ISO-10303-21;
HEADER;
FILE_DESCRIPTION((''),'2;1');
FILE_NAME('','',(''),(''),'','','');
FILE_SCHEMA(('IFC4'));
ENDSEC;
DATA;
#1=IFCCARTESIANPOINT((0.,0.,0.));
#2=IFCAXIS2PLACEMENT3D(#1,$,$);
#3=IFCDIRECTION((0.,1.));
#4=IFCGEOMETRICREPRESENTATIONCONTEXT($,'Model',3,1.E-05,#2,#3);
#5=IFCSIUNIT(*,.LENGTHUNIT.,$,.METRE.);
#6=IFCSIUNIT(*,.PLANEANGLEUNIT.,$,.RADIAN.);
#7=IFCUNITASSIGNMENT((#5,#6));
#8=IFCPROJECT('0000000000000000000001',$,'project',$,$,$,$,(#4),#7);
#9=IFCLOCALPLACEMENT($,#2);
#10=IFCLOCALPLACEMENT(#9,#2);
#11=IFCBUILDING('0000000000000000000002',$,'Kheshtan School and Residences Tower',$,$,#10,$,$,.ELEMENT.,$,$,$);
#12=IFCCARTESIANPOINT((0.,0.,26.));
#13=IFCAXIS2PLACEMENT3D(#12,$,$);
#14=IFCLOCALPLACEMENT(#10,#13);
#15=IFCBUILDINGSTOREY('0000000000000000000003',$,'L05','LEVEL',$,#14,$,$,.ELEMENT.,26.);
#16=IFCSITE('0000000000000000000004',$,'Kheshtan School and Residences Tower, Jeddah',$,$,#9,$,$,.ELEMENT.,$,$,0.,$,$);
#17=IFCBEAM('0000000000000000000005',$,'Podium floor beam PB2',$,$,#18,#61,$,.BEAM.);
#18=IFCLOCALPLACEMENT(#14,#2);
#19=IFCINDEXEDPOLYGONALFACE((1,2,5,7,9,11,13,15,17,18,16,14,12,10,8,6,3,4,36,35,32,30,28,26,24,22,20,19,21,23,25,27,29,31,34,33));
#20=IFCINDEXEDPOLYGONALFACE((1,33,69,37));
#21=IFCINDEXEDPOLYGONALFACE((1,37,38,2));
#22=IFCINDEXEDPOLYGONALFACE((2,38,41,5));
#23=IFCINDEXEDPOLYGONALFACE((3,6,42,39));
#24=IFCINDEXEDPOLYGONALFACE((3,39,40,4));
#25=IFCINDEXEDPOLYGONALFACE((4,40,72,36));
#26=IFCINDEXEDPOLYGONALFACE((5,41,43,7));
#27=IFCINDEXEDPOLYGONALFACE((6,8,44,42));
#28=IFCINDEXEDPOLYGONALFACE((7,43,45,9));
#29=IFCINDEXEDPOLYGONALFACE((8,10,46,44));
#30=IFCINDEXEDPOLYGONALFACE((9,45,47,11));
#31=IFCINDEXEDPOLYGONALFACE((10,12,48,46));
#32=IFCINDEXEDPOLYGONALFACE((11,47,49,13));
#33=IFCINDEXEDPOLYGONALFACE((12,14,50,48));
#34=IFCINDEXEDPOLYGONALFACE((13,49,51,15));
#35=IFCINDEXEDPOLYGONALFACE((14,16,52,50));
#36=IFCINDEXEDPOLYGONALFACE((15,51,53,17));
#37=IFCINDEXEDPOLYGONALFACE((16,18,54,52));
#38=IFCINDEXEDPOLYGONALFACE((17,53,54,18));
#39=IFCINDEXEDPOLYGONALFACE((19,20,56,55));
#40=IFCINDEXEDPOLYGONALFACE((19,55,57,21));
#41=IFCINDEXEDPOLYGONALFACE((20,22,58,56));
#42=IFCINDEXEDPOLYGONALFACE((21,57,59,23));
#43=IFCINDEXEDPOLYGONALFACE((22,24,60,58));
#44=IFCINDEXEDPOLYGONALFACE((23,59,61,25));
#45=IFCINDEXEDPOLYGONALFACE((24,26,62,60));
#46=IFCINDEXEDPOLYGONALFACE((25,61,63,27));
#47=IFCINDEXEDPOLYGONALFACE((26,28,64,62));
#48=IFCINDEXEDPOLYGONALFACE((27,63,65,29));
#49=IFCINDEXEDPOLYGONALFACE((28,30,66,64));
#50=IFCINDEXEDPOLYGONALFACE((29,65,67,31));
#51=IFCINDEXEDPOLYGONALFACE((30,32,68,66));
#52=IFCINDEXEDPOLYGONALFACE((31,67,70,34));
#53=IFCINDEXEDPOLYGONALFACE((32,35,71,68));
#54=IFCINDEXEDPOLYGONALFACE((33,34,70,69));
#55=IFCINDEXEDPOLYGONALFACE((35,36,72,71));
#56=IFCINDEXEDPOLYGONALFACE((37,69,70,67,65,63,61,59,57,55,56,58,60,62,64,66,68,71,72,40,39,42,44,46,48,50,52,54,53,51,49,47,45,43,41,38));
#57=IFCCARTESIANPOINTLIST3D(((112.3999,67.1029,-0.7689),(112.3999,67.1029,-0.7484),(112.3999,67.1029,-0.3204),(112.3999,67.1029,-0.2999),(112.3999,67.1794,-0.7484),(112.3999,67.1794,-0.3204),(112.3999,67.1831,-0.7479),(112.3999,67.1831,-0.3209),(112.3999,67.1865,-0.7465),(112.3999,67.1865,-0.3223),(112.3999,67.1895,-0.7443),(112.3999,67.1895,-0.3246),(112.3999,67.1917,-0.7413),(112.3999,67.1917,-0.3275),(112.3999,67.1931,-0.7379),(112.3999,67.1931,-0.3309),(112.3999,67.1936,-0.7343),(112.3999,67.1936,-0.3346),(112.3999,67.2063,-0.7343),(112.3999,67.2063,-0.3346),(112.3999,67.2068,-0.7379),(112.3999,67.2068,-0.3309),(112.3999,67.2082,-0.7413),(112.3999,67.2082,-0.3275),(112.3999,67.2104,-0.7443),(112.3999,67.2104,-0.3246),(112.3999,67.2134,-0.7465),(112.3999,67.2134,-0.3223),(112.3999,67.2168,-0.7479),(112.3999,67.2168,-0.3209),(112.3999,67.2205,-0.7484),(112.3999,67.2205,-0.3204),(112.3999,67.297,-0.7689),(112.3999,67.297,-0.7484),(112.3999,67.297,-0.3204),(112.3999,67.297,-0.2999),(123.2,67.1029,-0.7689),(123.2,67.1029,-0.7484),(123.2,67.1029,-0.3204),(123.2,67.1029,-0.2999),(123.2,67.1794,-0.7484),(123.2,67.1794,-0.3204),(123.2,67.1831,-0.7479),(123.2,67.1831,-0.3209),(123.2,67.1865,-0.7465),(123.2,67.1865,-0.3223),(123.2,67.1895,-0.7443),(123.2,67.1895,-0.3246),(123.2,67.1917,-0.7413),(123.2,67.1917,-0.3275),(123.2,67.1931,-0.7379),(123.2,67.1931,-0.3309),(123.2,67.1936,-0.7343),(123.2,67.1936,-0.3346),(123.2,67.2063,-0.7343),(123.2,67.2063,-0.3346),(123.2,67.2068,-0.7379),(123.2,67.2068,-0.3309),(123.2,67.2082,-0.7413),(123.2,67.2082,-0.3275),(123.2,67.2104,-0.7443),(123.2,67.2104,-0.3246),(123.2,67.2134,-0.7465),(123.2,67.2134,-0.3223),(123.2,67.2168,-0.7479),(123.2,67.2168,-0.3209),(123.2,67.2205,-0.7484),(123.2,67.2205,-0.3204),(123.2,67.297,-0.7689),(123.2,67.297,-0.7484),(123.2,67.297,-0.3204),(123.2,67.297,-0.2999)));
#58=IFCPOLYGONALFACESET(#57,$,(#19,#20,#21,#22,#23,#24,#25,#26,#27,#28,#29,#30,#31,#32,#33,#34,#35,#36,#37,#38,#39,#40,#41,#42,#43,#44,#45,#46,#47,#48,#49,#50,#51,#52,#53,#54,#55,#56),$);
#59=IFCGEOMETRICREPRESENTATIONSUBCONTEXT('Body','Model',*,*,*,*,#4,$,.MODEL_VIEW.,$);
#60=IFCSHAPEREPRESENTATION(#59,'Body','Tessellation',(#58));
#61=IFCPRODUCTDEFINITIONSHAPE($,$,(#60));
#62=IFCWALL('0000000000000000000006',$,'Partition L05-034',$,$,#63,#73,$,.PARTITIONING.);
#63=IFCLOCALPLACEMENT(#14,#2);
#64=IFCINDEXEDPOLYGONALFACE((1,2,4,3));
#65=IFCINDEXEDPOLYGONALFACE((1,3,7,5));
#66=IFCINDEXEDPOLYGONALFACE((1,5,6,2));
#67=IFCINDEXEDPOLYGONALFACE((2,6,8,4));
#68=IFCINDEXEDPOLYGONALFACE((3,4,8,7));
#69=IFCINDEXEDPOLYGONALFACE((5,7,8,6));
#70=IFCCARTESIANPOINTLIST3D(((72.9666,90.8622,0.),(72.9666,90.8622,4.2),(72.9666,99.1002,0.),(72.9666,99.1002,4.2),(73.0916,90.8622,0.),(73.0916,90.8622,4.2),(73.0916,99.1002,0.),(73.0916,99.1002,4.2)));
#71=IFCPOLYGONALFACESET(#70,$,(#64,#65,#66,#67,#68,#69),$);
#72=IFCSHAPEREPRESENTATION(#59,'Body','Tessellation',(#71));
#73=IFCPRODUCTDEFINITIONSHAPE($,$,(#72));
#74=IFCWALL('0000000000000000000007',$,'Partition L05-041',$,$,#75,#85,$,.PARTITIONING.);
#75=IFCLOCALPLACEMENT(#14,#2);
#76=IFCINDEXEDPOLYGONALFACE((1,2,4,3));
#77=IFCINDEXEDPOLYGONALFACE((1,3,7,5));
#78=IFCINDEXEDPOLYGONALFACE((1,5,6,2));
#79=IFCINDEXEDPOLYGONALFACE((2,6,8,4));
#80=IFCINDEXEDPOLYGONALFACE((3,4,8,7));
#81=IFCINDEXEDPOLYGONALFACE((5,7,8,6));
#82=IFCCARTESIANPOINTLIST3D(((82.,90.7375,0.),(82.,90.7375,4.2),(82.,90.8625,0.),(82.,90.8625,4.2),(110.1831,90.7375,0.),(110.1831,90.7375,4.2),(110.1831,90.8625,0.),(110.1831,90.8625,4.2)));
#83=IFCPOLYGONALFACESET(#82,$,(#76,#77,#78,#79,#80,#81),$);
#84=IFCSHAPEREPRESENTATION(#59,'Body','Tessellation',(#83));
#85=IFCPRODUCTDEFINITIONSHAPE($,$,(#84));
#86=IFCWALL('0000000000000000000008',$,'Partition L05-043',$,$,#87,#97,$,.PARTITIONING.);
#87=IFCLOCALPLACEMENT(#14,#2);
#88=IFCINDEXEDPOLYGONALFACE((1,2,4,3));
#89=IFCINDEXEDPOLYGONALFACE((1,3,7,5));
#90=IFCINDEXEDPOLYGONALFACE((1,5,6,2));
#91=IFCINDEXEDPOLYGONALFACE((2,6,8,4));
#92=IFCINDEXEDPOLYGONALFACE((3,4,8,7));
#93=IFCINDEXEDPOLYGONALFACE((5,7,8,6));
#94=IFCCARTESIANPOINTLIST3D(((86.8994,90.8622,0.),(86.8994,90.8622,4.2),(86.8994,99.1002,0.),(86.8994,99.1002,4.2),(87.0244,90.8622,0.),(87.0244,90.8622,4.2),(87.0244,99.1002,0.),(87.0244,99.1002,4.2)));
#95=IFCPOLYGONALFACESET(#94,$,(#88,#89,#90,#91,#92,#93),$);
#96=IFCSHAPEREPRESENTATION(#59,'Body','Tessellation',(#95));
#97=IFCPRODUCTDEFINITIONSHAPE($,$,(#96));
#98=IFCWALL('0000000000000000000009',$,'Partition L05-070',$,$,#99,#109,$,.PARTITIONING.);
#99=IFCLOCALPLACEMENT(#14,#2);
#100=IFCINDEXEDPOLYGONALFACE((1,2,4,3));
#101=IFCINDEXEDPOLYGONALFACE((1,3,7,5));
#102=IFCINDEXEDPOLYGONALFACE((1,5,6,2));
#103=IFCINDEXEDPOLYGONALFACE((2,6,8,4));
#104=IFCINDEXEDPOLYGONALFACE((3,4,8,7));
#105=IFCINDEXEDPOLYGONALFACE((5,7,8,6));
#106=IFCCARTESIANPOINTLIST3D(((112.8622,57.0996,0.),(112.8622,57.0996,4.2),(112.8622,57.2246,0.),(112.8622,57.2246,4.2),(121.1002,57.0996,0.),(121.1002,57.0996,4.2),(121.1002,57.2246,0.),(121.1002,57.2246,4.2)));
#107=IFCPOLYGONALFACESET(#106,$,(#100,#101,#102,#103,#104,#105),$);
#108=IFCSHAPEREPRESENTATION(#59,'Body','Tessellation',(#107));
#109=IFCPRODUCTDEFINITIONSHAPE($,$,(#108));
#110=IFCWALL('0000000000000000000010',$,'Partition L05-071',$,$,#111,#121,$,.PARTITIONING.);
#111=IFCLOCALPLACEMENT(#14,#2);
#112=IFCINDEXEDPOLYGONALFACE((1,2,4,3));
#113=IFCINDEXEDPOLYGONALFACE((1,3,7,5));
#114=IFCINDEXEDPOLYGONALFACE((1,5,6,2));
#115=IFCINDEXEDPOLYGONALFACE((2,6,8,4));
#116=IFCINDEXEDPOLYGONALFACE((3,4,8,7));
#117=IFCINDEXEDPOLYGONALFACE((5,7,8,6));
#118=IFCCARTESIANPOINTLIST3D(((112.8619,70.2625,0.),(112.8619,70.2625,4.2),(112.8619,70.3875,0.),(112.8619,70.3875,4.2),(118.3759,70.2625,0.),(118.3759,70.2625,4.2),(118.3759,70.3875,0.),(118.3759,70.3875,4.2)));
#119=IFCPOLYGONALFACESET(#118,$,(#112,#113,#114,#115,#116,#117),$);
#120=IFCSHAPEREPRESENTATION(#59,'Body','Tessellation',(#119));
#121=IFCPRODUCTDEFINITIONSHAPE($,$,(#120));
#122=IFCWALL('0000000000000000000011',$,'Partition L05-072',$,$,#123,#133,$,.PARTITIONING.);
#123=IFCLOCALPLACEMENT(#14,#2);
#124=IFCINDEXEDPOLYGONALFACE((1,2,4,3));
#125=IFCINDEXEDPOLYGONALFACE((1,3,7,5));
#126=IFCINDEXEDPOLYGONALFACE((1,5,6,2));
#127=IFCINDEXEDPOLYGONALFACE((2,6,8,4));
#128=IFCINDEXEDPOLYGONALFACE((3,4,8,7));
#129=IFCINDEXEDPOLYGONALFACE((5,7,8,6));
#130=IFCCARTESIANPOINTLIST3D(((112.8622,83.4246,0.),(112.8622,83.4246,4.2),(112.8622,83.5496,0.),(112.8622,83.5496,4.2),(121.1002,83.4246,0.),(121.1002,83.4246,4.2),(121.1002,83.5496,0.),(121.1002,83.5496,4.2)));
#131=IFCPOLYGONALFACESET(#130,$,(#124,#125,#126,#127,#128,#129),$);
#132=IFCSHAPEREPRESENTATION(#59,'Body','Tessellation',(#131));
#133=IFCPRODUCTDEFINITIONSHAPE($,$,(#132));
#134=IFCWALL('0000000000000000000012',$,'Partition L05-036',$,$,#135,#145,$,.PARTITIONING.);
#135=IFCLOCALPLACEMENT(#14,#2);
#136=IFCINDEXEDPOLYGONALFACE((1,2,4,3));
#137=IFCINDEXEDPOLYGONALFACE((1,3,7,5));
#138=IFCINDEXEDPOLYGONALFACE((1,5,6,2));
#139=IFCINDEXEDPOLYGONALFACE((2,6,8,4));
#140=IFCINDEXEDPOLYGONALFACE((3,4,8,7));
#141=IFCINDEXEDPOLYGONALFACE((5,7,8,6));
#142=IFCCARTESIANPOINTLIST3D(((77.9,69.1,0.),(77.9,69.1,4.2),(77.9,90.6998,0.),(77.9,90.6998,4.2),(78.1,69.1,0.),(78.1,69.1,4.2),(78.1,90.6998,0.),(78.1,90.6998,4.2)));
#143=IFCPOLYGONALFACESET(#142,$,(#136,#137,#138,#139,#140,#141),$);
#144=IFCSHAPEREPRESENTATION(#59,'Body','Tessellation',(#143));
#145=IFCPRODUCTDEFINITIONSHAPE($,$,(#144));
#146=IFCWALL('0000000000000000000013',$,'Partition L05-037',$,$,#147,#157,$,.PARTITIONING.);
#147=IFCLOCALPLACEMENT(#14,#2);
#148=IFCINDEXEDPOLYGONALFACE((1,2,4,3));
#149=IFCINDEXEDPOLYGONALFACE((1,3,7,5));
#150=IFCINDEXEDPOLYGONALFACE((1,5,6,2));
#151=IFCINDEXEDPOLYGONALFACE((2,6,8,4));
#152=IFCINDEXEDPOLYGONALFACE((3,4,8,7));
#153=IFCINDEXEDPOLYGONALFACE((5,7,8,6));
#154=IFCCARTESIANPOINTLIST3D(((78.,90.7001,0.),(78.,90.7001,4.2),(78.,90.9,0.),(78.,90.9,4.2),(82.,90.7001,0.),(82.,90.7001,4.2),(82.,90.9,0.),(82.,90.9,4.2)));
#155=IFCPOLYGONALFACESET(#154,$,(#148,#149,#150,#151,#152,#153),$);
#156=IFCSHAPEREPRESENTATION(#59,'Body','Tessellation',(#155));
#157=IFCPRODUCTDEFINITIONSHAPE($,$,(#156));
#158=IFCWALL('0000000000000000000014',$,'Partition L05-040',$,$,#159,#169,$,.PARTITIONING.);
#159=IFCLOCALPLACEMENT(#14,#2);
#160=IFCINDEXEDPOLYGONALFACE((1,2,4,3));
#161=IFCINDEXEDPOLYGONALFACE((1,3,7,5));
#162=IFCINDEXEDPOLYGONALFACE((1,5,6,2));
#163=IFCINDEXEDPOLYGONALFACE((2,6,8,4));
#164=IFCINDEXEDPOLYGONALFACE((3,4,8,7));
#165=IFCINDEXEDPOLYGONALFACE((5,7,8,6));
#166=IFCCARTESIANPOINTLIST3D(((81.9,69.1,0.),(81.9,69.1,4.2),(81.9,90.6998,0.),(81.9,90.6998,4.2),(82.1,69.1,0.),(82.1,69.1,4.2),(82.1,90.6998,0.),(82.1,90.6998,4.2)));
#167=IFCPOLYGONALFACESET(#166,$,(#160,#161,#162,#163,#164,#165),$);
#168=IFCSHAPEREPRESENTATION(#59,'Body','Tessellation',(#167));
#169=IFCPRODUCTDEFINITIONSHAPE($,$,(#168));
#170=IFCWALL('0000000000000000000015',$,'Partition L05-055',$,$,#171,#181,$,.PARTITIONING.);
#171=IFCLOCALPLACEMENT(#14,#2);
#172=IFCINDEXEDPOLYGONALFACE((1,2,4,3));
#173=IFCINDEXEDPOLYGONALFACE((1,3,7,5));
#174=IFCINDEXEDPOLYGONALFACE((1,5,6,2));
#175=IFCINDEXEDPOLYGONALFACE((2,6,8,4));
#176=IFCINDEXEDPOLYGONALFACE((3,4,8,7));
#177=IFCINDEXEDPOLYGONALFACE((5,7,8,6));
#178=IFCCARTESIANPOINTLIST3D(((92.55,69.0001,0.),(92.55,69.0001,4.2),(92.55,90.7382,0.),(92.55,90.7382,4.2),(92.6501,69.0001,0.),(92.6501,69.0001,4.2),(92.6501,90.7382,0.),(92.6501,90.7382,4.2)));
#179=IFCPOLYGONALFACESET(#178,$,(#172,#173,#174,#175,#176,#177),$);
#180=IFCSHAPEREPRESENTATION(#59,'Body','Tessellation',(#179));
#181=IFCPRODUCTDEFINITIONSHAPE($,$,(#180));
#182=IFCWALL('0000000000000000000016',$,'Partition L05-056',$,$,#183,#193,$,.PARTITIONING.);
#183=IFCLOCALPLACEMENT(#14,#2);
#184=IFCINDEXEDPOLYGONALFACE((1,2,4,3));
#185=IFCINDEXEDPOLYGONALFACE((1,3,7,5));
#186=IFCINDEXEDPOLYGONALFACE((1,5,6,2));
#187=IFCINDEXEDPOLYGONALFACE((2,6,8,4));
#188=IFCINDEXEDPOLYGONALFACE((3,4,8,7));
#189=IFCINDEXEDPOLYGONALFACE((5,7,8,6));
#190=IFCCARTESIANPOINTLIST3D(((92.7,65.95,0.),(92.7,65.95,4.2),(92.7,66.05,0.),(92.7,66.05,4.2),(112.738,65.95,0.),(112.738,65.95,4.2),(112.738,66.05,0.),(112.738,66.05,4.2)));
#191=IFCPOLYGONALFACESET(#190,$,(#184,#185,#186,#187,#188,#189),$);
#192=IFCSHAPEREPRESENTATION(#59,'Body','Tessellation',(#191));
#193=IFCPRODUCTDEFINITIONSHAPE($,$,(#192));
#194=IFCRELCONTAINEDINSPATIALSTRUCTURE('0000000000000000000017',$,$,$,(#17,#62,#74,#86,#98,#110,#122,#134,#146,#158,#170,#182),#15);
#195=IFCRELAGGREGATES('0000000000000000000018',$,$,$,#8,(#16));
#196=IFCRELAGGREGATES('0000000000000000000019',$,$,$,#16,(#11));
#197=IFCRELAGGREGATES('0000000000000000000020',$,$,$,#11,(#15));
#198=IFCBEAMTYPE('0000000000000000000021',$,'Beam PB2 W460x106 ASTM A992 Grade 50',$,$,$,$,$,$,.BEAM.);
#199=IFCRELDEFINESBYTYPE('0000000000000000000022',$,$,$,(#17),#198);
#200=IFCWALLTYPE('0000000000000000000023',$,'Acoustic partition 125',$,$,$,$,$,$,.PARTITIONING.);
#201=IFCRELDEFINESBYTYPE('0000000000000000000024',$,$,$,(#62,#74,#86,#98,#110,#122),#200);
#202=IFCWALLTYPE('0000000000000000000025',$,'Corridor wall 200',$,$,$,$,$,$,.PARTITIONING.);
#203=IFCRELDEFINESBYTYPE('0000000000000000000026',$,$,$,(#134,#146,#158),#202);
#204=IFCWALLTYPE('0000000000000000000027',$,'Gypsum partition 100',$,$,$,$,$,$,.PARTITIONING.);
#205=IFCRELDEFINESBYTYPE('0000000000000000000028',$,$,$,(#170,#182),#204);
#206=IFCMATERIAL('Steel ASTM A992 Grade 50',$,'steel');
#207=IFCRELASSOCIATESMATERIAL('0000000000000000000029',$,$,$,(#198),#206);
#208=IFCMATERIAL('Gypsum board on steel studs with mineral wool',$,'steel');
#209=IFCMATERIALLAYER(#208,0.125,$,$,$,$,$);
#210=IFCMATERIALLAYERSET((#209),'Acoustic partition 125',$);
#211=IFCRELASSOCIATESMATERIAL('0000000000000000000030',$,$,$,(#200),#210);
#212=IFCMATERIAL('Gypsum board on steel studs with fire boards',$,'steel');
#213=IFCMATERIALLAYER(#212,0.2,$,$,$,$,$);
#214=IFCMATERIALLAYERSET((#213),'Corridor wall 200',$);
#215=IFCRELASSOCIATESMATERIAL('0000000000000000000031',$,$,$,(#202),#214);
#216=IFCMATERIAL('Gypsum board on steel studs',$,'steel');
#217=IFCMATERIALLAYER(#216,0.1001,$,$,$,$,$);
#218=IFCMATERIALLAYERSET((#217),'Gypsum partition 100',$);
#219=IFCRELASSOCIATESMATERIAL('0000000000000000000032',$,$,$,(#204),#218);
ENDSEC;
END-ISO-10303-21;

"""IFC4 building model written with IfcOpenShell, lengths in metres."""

from ifc_helpers import new_model, si_unit, direction, frame, frame_2d, origin, origin_2d, place, context, subcontext, project, spatial, rectangle, i_section, extrude, material, layer, layer_set, material_profile, profile_set, type_object, element, save


model = new_model("IFC4")

# Units and contexts
model_context = context("Model", 3, precision=1e-05, world=origin(), true_north=direction((0.0, 1.0)))
body_context = subcontext(model_context, "Body", "Model", "MODEL_VIEW")
ifc_project = project(units=[si_unit("LENGTHUNIT", "METRE"), si_unit("PLANEANGLEUNIT", "RADIAN")], contexts=[model_context])

# Site, building, storey
site_placement = place(None, origin())
site = spatial("IfcSite", under=ifc_project, at=site_placement, Name="Kheshtan School and Residences Tower, Jeddah", CompositionType="ELEMENT", RefElevation=0.0)
building_placement = place(site_placement, origin())
building = spatial("IfcBuilding", under=site, at=building_placement, Name="Kheshtan School and Residences Tower", CompositionType="ELEMENT")
storey_placement = place(building_placement, frame((0.0, 0.0, 26.0)))
storey = spatial("IfcBuildingStorey", under=building, at=storey_placement, Name="L05", Description="LEVEL", CompositionType="ELEMENT", Elevation=26.0)

# Shared definitions
ifc_material_1 = material(Name="Steel ASTM A992 Grade 50", Category="steel")

# Beam
ifc_material_profile_1 = material_profile(ifc_material_1, i_section(OverallWidth=0.1941, OverallDepth=0.469, WebThickness=0.0127, FlangeThickness=0.0205, FilletRadius=0.0142, at=origin_2d()), Name="W460x106")
ifc_profile_set_1 = profile_set([ifc_material_profile_1], Name="Steel ASTM A992 Grade 50")
beam_type = type_object("IfcBeamType", Name="Beam PB2 W460x106 ASTM A992 Grade 50", PredefinedType="BEAM", material=ifc_profile_set_1)
beam_placement = place(storey_placement, frame((112.3999, 67.2, -0.5344), z_axis=(1.0, 0.0, 0.0), x_axis=(0.0, 1.0, 0.0)))
element("IfcBeam", 1, at=beam_placement, inside=storey, type_object=beam_type, Name="Podium floor beam PB2", PredefinedType="BEAM", context=body_context, shape_type="SweptSolid", body=[
    extrude(i_section(OverallWidth=0.1941, OverallDepth=0.469, WebThickness=0.0127, FlangeThickness=0.0205, FilletRadius=0.0142, at=origin_2d()), origin(), (0.0, 0.0, 1.0), 10.8),
])

# Walls
ifc_material_2 = material(Name="Gypsum board on steel studs with mineral wool", Category="steel")
ifc_layer_1 = layer(ifc_material_2, 0.125)
ifc_layer_set_1 = layer_set([ifc_layer_1], Name="Acoustic partition 125")
wall_type_1 = type_object("IfcWallType", Name="Acoustic partition 125", PredefinedType="PARTITIONING", material=ifc_layer_set_1)
wall_1_placement = place(storey_placement, frame((73.0291, 90.8621, 0.0), z_axis=(0.0, 0.0, 1.0), x_axis=(0.0, 1.0, 0.0)))
element("IfcWall", 2, at=wall_1_placement, inside=storey, type_object=wall_type_1, Name="Partition L05-034", PredefinedType="PARTITIONING", context=body_context, shape_type="SweptSolid", body=[
    extrude(rectangle(XDim=8.238, YDim=0.125, at=frame_2d((4.1191, 0.0))), origin(), (0.0, 0.0, 1.0), 4.2),
])
wall_2_placement = place(storey_placement, frame((82.0, 90.8, 0.0), z_axis=(0.0, 0.0, 1.0), x_axis=(1.0, 0.0, 0.0)))
element("IfcWall", 3, at=wall_2_placement, inside=storey, type_object=wall_type_1, Name="Partition L05-041", PredefinedType="PARTITIONING", context=body_context, shape_type="SweptSolid", body=[
    extrude(rectangle(XDim=28.1831, YDim=0.125, at=frame_2d((14.0916, 0.0))), origin(), (0.0, 0.0, 1.0), 4.2),
])
for number, where, z_axis, x_axis, name in (
    (4, (86.9619, 90.8621, 0.0), (0.0, 0.0, 1.0), (0.0, 1.0, 0.0), "Partition L05-043"),
    (5, (112.8621, 57.1621, 0.0), (0.0, 0.0, 1.0), (1.0, 0.0, 0.0), "Partition L05-070"),
):
    element("IfcWall", number, at=place(storey_placement, frame(where, z_axis=z_axis, x_axis=x_axis)), inside=storey, type_object=wall_type_1, Name=name, PredefinedType="PARTITIONING", context=body_context, shape_type="SweptSolid", body=[
        extrude(rectangle(XDim=8.238, YDim=0.125, at=frame_2d((4.1191, 0.0))), origin(), (0.0, 0.0, 1.0), 4.2),
    ])
wall_3_placement = place(storey_placement, frame((112.8621, 70.325, 0.0), z_axis=(0.0, 0.0, 1.0), x_axis=(1.0, 0.0, 0.0)))
element("IfcWall", 6, at=wall_3_placement, inside=storey, type_object=wall_type_1, Name="Partition L05-071", PredefinedType="PARTITIONING", context=body_context, shape_type="SweptSolid", body=[
    extrude(rectangle(XDim=5.5139, YDim=0.125, at=frame_2d((2.7568, 0.0))), origin(), (0.0, 0.0, 1.0), 4.2),
])
wall_4_placement = place(storey_placement, frame((112.8621, 83.4871, 0.0), z_axis=(0.0, 0.0, 1.0), x_axis=(1.0, 0.0, 0.0)))
element("IfcWall", 7, at=wall_4_placement, inside=storey, type_object=wall_type_1, Name="Partition L05-072", PredefinedType="PARTITIONING", context=body_context, shape_type="SweptSolid", body=[
    extrude(rectangle(XDim=8.238, YDim=0.125, at=frame_2d((4.1191, 0.0))), origin(), (0.0, 0.0, 1.0), 4.2),
])
ifc_material_3 = material(Name="Gypsum board on steel studs with fire boards", Category="steel")
ifc_layer_2 = layer(ifc_material_3, 0.2)
ifc_layer_set_2 = layer_set([ifc_layer_2], Name="Corridor wall 200")
wall_type_2 = type_object("IfcWallType", Name="Corridor wall 200", PredefinedType="PARTITIONING", material=ifc_layer_set_2)
wall_5_placement = place(storey_placement, frame((78.0, 69.1001, 0.0), z_axis=(0.0, 0.0, 1.0), x_axis=(0.0, 1.0, 0.0)))
element("IfcWall", 8, at=wall_5_placement, inside=storey, type_object=wall_type_2, Name="Partition L05-036", PredefinedType="PARTITIONING", context=body_context, shape_type="SweptSolid", body=[
    extrude(rectangle(XDim=21.5999, YDim=0.2, at=frame_2d((10.7998, 0.0))), origin(), (0.0, 0.0, 1.0), 4.2),
])
wall_6_placement = place(storey_placement, frame((78.0, 90.8, 0.0), z_axis=(0.0, 0.0, 1.0), x_axis=(1.0, 0.0, 0.0)))
element("IfcWall", 9, at=wall_6_placement, inside=storey, type_object=wall_type_2, Name="Partition L05-037", PredefinedType="PARTITIONING", context=body_context, shape_type="SweptSolid", body=[
    extrude(rectangle(XDim=4.0, YDim=0.2, at=frame_2d((2.0, 0.0))), origin(), (0.0, 0.0, 1.0), 4.2),
])
wall_7_placement = place(storey_placement, frame((82.0, 69.1001, 0.0), z_axis=(0.0, 0.0, 1.0), x_axis=(0.0, 1.0, 0.0)))
element("IfcWall", 10, at=wall_7_placement, inside=storey, type_object=wall_type_2, Name="Partition L05-040", PredefinedType="PARTITIONING", context=body_context, shape_type="SweptSolid", body=[
    extrude(rectangle(XDim=21.5999, YDim=0.2, at=frame_2d((10.7998, 0.0))), origin(), (0.0, 0.0, 1.0), 4.2),
])
ifc_material_4 = material(Name="Gypsum board on steel studs", Category="steel")
ifc_layer_3 = layer(ifc_material_4, 0.1001)
ifc_layer_set_3 = layer_set([ifc_layer_3], Name="Gypsum partition 100")
wall_type_3 = type_object("IfcWallType", Name="Gypsum partition 100", PredefinedType="PARTITIONING", material=ifc_layer_set_3)
wall_8_placement = place(storey_placement, frame((92.6001, 69.0, 0.0), z_axis=(0.0, 0.0, 1.0), x_axis=(0.0, 1.0, 0.0)))
element("IfcWall", 11, at=wall_8_placement, inside=storey, type_object=wall_type_3, Name="Partition L05-055", PredefinedType="PARTITIONING", context=body_context, shape_type="SweptSolid", body=[
    extrude(rectangle(XDim=21.738, YDim=0.1001, at=frame_2d((10.8691, 0.0))), origin(), (0.0, 0.0, 1.0), 4.2),
])
wall_9_placement = place(storey_placement, frame((92.7, 66.0, 0.0), z_axis=(0.0, 0.0, 1.0), x_axis=(1.0, 0.0, 0.0)))
element("IfcWall", 12, at=wall_9_placement, inside=storey, type_object=wall_type_3, Name="Partition L05-056", PredefinedType="PARTITIONING", context=body_context, shape_type="SweptSolid", body=[
    extrude(rectangle(XDim=20.0381, YDim=0.1001, at=frame_2d((10.019, 0.0))), origin(), (0.0, 0.0, 1.0), 4.2),
])

save(model, "model.ifc")
